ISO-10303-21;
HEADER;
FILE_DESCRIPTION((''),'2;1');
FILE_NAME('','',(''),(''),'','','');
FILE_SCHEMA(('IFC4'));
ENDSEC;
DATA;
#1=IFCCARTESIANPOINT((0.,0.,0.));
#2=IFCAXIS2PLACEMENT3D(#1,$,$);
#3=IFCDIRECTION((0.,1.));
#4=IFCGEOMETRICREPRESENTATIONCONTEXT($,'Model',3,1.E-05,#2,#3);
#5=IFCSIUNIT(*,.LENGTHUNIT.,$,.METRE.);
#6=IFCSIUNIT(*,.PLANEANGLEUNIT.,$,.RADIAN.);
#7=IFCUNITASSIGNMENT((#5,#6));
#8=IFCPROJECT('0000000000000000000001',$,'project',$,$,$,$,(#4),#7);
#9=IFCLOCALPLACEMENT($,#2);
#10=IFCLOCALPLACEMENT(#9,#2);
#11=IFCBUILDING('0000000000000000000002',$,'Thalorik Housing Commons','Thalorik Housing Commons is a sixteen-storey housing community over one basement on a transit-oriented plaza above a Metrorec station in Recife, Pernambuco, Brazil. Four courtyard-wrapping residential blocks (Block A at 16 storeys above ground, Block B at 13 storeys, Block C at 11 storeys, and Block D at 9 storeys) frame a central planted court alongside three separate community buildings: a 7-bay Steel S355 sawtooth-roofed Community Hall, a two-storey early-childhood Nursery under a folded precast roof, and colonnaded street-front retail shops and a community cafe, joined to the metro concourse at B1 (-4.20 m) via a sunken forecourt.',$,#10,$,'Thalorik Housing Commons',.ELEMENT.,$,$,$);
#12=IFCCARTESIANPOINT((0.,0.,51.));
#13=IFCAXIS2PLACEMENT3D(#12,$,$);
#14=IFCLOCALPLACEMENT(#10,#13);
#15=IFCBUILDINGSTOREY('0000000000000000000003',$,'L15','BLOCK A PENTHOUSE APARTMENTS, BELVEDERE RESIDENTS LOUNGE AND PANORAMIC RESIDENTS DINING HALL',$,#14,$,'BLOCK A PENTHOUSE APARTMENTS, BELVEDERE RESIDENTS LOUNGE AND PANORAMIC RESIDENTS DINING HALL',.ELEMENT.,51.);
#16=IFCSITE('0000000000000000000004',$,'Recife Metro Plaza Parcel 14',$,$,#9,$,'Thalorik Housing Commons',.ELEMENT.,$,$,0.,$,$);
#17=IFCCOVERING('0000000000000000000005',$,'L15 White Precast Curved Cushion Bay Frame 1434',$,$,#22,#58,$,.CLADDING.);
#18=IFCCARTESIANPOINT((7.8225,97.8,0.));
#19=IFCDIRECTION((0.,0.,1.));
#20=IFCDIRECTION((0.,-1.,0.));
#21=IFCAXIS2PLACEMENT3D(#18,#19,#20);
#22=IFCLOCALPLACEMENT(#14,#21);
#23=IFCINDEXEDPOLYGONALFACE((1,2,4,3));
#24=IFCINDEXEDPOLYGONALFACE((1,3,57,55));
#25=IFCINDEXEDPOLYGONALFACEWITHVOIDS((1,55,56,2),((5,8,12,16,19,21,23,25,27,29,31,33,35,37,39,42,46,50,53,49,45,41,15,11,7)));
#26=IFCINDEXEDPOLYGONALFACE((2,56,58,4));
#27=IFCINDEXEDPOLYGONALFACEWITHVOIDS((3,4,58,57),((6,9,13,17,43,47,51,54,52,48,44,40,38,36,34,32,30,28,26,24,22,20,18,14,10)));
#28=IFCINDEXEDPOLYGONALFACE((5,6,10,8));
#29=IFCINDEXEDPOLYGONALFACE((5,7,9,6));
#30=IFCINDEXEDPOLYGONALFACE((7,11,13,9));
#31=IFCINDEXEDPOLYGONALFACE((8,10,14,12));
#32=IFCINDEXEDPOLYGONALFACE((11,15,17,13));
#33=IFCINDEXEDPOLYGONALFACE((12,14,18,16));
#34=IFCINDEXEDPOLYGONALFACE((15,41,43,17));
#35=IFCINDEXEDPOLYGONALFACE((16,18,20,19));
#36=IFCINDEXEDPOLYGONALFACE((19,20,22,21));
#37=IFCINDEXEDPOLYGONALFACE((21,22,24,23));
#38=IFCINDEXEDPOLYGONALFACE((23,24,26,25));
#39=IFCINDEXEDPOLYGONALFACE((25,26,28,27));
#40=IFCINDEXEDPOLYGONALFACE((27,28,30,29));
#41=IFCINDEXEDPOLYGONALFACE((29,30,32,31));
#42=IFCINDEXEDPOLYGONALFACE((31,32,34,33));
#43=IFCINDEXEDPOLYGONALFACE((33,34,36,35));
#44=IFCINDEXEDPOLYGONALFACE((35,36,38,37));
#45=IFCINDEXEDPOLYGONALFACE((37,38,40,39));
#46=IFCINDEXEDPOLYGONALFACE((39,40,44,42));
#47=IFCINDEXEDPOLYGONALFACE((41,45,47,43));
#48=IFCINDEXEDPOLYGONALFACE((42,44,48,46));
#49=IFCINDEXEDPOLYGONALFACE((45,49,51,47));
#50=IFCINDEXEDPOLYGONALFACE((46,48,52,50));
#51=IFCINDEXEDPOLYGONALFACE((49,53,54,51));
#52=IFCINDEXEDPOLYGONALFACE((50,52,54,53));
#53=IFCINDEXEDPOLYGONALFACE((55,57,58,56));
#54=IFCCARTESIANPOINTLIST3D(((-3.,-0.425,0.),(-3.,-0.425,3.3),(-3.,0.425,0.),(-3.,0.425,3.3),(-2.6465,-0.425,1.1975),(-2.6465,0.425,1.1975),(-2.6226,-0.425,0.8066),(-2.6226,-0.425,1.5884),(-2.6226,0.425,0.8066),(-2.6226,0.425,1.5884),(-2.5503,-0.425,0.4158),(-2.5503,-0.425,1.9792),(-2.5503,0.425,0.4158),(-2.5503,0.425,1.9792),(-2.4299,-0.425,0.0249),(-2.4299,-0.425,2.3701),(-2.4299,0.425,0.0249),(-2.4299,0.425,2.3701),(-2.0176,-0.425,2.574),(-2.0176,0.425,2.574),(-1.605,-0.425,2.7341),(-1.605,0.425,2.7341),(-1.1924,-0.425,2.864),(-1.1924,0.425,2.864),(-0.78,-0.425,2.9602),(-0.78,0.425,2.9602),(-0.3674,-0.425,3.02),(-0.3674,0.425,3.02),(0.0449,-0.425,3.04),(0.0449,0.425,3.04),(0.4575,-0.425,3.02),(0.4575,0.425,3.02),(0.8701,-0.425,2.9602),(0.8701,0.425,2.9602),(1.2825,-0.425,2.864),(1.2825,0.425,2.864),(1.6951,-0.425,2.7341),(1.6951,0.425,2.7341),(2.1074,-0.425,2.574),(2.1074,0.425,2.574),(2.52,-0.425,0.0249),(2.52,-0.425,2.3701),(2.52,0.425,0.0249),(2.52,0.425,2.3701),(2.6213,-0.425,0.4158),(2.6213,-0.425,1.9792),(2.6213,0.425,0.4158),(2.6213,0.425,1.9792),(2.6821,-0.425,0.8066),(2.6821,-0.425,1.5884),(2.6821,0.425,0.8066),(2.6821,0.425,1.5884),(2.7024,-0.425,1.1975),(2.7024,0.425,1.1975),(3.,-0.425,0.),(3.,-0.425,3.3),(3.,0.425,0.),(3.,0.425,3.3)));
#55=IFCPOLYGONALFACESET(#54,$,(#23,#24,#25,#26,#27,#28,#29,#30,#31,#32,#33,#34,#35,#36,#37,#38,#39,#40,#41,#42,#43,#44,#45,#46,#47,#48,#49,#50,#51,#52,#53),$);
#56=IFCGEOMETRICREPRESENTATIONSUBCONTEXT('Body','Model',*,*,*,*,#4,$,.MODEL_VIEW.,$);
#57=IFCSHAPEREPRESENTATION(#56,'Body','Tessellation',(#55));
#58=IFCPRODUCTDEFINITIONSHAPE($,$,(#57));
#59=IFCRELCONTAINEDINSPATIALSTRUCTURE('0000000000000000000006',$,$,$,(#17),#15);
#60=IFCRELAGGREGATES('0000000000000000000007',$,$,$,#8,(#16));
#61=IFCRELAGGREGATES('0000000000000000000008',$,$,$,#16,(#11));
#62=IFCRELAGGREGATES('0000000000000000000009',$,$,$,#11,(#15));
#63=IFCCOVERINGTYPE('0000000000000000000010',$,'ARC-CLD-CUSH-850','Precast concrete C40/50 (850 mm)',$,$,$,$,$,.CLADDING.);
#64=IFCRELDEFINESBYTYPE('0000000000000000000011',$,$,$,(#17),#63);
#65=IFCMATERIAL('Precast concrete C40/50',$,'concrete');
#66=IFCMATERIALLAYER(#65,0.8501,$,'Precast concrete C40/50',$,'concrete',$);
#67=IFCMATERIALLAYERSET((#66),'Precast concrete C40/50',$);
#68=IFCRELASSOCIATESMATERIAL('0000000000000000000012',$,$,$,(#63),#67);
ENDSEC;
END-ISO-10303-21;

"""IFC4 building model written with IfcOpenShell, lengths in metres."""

from ifc_helpers import new_model, si_unit, direction, frame, origin, place, context, subcontext, project, spatial, polyline, outline, extrude, material, layer, layer_set, type_object, element, save


model = new_model("IFC4")

# Units and contexts
model_context = context("Model", 3, precision=1e-05, world=origin(), true_north=direction((0.0, 1.0)))
body_context = subcontext(model_context, "Body", "Model", "MODEL_VIEW")
ifc_project = project(units=[si_unit("LENGTHUNIT", "METRE"), si_unit("PLANEANGLEUNIT", "RADIAN")], contexts=[model_context])

# Site, building, storey
site_placement = place(None, origin())
site = spatial("IfcSite", under=ifc_project, at=site_placement, Name="Recife Metro Plaza Parcel 14", LongName="Thalorik Housing Commons", CompositionType="ELEMENT", RefElevation=0.0)
building_placement = place(site_placement, origin())
building = spatial("IfcBuilding", under=site, at=building_placement, Name="Thalorik Housing Commons", Description="Thalorik Housing Commons is a sixteen-storey housing community over one basement on a transit-oriented plaza above a Metrorec station in Recife, Pernambuco, Brazil. Four courtyard-wrapping residential blocks (Block A at 16 storeys above ground, Block B at 13 storeys, Block C at 11 storeys, and Block D at 9 storeys) frame a central planted court alongside three separate community buildings: a 7-bay Steel S355 sawtooth-roofed Community Hall, a two-storey early-childhood Nursery under a folded precast roof, and colonnaded street-front retail shops and a community cafe, joined to the metro concourse at B1 (-4.20 m) via a sunken forecourt.", LongName="Thalorik Housing Commons", CompositionType="ELEMENT")
storey_placement = place(building_placement, frame((0.0, 0.0, 51.0)))
storey = spatial("IfcBuildingStorey", under=building, at=storey_placement, Name="L15", Description="BLOCK A PENTHOUSE APARTMENTS, BELVEDERE RESIDENTS LOUNGE AND PANORAMIC RESIDENTS DINING HALL", LongName="BLOCK A PENTHOUSE APARTMENTS, BELVEDERE RESIDENTS LOUNGE AND PANORAMIC RESIDENTS DINING HALL", CompositionType="ELEMENT", Elevation=51.0)

# Shared definitions
ifc_material_1 = material(Name="Precast concrete C40/50", Category="concrete")

# Covering
ifc_layer_1 = layer(ifc_material_1, 0.8501, Name="Precast concrete C40/50", Category="concrete")
ifc_layer_set_1 = layer_set([ifc_layer_1], Name="Precast concrete C40/50")
covering_type_1 = type_object("IfcCoveringType", Name="ARC-CLD-CUSH-850", Description="Precast concrete C40/50 (850 mm)", PredefinedType="CLADDING", material=ifc_layer_set_1)
covering_1_placement = place(storey_placement, frame((7.8225, 97.8, 0.0), z_axis=(0.0, 0.0, 1.0), x_axis=(0.0, -1.0, 0.0)))
element("IfcCovering", 1, at=covering_1_placement, inside=storey, type_object=covering_type_1, Name="L15 White Precast Curved Cushion Bay Frame 1434", PredefinedType="CLADDING", context=body_context, shape_type="SweptSolid", body=[
    extrude(outline(polyline([(-3.0, 0.0), (3.0, 0.0), (3.0, 3.3), (-3.0, 3.3), (-3.0, 0.0)]), holes=[polyline([(2.52, 0.0249), (2.6213, 0.4158), (2.6821, 0.8066), (2.7024, 1.1975), (2.6821, 1.5884), (2.6213, 1.9792), (2.52, 2.3701), (2.1074, 2.574), (1.6951, 2.7341), (1.2825, 2.864), (0.8701, 2.9602), (0.4575, 3.02), (0.0449, 3.04), (-0.3674, 3.02), (-0.78, 2.9602), (-1.1924, 2.864), (-1.605, 2.7341), (-2.0176, 2.574), (-2.4299, 2.3701), (-2.5503, 1.9792), (-2.6226, 1.5884), (-2.6465, 1.1975), (-2.6226, 0.8066), (-2.5503, 0.4158), (-2.4299, 0.0249), (2.52, 0.0249)])]), frame((0.0, 0.425, 0.0), z_axis=(0.0, -1.0, 0.0), x_axis=(1.0, 0.0, 0.0)), (0.0, 0.0, 1.0), 0.8501),
])

save(model, "model.ifc")
